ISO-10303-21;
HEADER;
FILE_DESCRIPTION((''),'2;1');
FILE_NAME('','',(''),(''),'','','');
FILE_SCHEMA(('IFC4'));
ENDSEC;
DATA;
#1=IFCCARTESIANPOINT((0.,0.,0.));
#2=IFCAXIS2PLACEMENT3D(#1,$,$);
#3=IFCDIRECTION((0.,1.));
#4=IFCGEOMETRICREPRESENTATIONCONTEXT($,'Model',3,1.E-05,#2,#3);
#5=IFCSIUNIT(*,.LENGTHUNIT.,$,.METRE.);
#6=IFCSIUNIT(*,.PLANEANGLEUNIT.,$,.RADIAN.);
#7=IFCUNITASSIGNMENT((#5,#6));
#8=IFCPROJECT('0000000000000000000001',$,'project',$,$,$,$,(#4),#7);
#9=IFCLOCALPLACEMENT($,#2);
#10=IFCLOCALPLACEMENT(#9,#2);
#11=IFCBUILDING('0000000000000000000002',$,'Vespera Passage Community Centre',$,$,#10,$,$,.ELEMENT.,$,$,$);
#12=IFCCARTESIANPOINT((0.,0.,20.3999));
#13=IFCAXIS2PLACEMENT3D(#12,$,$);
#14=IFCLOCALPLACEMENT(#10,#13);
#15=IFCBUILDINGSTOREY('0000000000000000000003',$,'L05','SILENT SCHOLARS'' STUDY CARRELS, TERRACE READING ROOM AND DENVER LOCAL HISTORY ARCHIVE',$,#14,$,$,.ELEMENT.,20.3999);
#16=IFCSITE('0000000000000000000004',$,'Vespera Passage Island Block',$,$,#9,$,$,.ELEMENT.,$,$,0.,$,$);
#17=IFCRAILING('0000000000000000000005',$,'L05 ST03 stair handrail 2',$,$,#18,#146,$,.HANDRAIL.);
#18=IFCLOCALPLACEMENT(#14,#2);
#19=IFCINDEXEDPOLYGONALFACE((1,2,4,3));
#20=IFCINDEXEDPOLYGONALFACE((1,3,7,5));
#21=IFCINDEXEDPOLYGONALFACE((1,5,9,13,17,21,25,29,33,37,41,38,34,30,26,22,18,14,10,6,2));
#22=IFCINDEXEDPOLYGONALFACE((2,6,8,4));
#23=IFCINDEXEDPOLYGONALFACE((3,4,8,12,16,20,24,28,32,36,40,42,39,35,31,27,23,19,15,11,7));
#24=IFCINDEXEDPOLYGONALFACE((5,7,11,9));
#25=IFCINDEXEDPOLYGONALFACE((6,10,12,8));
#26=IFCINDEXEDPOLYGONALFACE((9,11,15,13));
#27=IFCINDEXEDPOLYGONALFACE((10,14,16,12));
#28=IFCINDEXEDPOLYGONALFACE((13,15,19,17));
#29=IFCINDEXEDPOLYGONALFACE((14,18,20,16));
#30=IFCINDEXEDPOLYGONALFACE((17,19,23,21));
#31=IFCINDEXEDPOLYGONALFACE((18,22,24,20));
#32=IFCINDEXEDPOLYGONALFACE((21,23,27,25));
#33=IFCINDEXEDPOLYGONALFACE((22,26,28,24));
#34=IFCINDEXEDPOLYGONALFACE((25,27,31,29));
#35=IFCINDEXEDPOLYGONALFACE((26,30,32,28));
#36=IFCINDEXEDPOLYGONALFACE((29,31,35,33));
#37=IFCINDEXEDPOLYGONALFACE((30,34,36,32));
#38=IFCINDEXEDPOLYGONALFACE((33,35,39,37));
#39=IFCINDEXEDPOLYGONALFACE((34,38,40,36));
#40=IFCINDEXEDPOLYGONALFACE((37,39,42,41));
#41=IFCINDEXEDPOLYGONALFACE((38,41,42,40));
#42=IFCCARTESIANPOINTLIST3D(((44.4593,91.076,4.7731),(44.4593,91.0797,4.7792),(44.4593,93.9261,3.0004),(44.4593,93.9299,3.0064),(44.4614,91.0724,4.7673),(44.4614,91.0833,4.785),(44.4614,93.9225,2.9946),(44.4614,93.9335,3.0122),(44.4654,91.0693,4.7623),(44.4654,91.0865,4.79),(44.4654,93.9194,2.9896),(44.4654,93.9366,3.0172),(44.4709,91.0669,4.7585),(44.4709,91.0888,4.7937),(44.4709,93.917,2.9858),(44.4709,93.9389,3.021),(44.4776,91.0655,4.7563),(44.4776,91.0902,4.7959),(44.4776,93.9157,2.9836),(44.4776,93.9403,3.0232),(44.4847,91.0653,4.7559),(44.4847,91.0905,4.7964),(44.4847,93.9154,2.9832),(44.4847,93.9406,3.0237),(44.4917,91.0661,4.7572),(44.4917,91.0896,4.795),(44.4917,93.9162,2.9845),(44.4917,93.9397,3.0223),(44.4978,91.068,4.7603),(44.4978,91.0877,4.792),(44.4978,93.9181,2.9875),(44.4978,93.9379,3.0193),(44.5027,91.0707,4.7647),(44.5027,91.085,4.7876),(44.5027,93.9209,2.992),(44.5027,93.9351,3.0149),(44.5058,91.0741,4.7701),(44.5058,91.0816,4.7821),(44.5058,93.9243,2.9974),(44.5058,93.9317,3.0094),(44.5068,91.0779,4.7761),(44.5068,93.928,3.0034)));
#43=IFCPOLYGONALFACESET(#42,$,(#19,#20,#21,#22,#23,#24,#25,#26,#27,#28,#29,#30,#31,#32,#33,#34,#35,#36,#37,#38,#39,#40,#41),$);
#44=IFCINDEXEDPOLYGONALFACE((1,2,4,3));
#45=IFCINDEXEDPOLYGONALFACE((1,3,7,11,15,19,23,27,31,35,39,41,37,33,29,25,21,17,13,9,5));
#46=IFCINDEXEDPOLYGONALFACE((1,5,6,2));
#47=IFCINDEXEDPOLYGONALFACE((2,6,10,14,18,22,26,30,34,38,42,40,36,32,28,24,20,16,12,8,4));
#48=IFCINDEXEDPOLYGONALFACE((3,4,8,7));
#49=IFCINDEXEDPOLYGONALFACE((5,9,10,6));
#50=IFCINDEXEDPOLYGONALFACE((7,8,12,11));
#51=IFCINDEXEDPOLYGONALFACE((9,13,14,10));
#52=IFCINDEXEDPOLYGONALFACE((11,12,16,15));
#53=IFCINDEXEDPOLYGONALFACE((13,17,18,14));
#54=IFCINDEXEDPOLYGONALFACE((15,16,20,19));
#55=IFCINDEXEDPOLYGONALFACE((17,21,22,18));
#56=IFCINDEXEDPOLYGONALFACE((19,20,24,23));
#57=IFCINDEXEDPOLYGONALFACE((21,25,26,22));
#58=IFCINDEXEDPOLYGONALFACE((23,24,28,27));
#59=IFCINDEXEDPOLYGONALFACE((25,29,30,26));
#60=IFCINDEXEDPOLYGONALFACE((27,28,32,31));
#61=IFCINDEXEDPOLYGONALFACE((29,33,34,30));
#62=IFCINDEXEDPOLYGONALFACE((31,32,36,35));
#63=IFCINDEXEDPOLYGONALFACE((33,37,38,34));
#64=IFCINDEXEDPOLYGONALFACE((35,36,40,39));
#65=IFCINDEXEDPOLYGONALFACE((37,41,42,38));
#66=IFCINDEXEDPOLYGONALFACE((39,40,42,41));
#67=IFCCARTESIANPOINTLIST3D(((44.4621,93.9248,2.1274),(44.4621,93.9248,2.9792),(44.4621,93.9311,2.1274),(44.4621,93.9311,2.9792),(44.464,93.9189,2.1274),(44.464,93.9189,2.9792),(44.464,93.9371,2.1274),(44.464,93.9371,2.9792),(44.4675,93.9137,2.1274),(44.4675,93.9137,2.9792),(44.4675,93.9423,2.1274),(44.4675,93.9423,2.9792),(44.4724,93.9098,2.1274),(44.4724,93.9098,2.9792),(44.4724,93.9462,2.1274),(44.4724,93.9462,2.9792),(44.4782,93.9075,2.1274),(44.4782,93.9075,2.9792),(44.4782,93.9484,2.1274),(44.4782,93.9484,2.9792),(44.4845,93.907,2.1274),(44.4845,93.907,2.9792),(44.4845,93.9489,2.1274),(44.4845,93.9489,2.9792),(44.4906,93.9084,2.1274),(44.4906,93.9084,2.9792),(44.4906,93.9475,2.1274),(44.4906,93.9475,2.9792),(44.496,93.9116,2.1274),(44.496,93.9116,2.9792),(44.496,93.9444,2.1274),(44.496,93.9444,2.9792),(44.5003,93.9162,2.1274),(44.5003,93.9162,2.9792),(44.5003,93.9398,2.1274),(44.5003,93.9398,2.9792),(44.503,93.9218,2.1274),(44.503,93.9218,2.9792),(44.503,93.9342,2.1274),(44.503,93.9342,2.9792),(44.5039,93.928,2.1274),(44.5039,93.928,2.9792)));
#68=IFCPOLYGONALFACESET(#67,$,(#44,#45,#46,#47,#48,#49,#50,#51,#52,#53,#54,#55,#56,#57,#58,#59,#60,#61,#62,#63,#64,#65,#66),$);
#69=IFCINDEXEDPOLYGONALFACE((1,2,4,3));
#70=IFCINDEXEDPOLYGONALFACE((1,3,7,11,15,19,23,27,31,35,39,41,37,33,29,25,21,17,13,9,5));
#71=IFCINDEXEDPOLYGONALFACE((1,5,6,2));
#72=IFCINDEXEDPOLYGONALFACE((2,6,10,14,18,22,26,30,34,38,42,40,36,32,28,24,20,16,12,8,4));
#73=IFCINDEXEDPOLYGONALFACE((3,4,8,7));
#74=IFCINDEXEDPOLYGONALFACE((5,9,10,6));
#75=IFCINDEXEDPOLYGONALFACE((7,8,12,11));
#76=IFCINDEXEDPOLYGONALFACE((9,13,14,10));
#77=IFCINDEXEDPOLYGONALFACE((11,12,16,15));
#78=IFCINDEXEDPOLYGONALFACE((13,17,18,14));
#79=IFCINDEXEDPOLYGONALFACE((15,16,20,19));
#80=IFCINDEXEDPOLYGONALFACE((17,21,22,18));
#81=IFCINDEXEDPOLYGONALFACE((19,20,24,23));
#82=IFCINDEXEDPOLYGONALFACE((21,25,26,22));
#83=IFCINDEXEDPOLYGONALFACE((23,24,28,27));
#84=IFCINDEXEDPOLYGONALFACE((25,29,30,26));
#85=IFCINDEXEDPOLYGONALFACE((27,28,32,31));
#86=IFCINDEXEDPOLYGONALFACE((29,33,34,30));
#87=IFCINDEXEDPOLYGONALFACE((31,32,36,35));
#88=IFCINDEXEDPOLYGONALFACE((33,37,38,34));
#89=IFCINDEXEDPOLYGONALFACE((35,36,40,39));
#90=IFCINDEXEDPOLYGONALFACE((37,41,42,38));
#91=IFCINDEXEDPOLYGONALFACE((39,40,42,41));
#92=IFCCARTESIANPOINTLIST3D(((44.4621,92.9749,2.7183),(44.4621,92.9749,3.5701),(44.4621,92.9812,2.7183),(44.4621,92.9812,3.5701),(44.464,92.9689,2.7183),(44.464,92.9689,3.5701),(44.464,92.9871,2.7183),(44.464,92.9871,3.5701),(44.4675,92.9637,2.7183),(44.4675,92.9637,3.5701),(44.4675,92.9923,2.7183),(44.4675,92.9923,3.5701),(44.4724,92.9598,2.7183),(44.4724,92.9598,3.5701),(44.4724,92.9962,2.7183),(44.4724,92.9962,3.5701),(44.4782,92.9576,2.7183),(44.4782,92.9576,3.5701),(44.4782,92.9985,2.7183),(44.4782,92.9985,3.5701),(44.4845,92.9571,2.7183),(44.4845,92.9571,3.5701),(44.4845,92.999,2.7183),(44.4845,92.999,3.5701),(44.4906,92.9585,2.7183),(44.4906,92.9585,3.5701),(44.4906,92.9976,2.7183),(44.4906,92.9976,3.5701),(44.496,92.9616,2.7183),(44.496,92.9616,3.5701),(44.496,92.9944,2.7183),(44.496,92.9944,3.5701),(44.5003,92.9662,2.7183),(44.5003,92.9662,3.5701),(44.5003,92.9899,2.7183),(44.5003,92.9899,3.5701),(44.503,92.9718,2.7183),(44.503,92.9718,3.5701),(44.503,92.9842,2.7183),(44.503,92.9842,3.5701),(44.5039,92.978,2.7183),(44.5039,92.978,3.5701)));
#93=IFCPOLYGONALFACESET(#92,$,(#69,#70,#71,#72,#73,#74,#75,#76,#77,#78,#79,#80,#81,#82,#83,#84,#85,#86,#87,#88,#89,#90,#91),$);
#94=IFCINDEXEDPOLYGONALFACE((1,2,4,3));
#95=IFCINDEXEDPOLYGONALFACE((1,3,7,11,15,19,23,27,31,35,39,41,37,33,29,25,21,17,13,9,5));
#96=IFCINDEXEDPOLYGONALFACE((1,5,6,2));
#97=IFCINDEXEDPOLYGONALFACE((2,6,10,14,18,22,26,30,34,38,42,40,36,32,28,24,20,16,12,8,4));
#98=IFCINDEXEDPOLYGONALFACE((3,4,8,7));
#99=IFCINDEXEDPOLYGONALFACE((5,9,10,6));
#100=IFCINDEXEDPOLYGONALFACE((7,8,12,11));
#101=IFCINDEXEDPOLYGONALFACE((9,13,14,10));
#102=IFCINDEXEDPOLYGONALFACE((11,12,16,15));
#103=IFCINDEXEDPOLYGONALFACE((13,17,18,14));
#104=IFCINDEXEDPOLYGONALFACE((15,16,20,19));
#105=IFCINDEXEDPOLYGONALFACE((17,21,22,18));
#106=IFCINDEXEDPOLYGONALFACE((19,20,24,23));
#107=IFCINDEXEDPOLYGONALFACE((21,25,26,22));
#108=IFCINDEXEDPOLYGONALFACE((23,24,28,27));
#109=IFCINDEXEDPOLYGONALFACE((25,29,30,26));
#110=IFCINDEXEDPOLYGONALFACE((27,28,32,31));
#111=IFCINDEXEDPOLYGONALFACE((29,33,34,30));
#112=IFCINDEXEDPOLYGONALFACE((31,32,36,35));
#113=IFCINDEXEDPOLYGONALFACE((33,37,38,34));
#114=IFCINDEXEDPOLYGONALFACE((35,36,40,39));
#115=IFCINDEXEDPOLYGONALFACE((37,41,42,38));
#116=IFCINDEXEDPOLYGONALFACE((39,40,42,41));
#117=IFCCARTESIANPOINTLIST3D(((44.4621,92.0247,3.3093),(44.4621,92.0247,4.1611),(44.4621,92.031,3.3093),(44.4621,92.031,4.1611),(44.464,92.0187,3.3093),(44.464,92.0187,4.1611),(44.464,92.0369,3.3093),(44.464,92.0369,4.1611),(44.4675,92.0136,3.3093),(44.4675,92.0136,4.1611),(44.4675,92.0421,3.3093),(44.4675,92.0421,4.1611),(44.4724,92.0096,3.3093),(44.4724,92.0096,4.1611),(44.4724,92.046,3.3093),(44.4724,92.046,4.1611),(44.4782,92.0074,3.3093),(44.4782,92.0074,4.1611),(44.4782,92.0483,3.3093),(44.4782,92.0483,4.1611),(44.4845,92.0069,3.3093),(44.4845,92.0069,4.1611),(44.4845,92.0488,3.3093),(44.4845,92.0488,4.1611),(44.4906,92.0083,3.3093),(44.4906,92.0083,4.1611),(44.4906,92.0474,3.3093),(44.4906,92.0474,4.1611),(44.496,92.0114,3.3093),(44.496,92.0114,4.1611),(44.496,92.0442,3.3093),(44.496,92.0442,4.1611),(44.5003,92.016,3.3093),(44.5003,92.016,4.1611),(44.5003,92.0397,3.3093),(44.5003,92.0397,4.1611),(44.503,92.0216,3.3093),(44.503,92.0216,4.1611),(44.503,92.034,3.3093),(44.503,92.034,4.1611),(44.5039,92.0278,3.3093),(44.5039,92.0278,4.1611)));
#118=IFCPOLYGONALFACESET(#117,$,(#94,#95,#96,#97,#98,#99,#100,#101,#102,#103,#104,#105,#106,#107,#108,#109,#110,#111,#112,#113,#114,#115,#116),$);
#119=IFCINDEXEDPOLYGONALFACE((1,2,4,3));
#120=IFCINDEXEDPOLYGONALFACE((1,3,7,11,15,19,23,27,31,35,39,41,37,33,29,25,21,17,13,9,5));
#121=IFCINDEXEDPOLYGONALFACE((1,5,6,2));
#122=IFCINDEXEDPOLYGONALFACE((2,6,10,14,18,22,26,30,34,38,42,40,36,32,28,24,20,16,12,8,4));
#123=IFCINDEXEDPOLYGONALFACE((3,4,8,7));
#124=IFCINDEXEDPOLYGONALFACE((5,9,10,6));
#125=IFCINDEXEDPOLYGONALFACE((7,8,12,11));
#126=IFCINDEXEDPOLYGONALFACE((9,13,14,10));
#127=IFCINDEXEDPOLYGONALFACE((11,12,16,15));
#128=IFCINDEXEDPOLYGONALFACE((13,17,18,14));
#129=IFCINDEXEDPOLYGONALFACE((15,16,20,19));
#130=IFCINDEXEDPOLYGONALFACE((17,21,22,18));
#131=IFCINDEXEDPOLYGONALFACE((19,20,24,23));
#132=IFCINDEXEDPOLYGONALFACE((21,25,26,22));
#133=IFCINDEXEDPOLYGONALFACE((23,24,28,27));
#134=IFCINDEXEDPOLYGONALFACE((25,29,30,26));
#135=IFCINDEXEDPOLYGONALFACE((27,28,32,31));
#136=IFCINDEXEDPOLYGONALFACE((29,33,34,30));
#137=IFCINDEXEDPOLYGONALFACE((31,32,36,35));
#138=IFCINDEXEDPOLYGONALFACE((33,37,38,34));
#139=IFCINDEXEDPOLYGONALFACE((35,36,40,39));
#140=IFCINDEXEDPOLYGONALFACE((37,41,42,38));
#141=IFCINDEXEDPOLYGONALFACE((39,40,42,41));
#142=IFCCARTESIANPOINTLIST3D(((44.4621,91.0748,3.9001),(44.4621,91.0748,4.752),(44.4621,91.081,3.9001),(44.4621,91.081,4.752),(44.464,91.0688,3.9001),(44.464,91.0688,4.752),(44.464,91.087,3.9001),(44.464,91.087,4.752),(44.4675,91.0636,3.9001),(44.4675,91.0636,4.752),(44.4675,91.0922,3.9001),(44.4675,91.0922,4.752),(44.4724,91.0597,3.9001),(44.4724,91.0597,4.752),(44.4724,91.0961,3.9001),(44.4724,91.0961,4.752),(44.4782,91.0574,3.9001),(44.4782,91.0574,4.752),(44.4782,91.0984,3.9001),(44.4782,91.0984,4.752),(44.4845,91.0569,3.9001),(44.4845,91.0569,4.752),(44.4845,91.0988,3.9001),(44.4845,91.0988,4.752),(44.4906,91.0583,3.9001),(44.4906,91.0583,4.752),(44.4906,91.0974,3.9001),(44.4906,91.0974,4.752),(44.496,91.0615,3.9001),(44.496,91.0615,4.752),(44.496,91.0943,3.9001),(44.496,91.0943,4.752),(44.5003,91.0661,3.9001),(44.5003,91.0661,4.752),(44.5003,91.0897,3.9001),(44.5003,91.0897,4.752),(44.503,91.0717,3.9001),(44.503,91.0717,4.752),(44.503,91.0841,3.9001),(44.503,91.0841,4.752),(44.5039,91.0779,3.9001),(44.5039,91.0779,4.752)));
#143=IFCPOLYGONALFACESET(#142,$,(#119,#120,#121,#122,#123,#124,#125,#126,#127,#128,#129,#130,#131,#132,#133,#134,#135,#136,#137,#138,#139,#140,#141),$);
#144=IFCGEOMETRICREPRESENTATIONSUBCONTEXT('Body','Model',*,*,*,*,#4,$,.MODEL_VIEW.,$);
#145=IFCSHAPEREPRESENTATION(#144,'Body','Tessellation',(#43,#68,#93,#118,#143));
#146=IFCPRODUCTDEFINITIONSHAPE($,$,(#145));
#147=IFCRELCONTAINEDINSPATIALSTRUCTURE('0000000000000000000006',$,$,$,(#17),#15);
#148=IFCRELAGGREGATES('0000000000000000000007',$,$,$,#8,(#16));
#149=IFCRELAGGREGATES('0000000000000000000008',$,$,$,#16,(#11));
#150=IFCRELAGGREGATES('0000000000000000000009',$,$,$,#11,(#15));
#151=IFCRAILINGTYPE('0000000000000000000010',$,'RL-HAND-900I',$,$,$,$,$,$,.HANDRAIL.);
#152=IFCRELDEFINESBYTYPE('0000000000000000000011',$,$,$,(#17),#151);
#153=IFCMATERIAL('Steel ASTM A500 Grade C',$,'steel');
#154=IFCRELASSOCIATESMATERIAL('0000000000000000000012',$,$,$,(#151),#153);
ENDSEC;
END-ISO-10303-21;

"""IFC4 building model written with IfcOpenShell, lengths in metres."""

from ifc_helpers import new_model, si_unit, direction, frame, origin, origin_2d, place, context, subcontext, project, spatial, circle, extrude, material, type_object, element, save


model = new_model("IFC4")

# Units and contexts
model_context = context("Model", 3, precision=1e-05, world=origin(), true_north=direction((0.0, 1.0)))
body_context = subcontext(model_context, "Body", "Model", "MODEL_VIEW")
ifc_project = project(units=[si_unit("LENGTHUNIT", "METRE"), si_unit("PLANEANGLEUNIT", "RADIAN")], contexts=[model_context])

# Site, building, storey
site_placement = place(None, origin())
site = spatial("IfcSite", under=ifc_project, at=site_placement, Name="Vespera Passage Island Block", CompositionType="ELEMENT", RefElevation=0.0)
building_placement = place(site_placement, origin())
building = spatial("IfcBuilding", under=site, at=building_placement, Name="Vespera Passage Community Centre", CompositionType="ELEMENT")
storey_placement = place(building_placement, frame((0.0, 0.0, 20.3999)))
storey = spatial("IfcBuildingStorey", under=building, at=storey_placement, Name="L05", Description="SILENT SCHOLARS' STUDY CARRELS, TERRACE READING ROOM AND DENVER LOCAL HISTORY ARCHIVE", CompositionType="ELEMENT", Elevation=20.3999)

# Railing
ifc_material_1 = material(Name="Steel ASTM A500 Grade C", Category="steel")
railing_type_1 = type_object("IfcRailingType", Name="RL-HAND-900I", PredefinedType="HANDRAIL", material=ifc_material_1)
railing_1_placement = place(storey_placement, frame((44.4829, 93.928, 2.1274)))
element("IfcRailing", 1, at=railing_1_placement, inside=storey, type_object=railing_type_1, Name="L05 ST03 stair handrail 2", PredefinedType="HANDRAIL", context=body_context, shape_type="SweptSolid", body=[
    extrude(circle(Radius=0.0239, at=origin_2d()), frame((0.0, 0.0, 0.876), z_axis=(0.0, -0.849149, 0.528154), x_axis=(1.0, 0.0, 0.0)), (0.0, 0.0, 1.0), 3.3564),
    extrude(circle(Radius=0.021, at=origin_2d()), origin(), (0.0, 0.0, 1.0), 0.8518),
    extrude(circle(Radius=0.021, at=origin_2d()), frame((0.0, -0.95, 0.5908)), (0.0, 0.0, 1.0), 0.8518),
    extrude(circle(Radius=0.021, at=origin_2d()), frame((0.0, -1.9001, 1.1819)), (0.0, 0.0, 1.0), 0.8518),
    extrude(circle(Radius=0.021, at=origin_2d()), frame((0.0, -2.8501, 1.7727)), (0.0, 0.0, 1.0), 0.8518),
])

save(model, "model.ifc")
